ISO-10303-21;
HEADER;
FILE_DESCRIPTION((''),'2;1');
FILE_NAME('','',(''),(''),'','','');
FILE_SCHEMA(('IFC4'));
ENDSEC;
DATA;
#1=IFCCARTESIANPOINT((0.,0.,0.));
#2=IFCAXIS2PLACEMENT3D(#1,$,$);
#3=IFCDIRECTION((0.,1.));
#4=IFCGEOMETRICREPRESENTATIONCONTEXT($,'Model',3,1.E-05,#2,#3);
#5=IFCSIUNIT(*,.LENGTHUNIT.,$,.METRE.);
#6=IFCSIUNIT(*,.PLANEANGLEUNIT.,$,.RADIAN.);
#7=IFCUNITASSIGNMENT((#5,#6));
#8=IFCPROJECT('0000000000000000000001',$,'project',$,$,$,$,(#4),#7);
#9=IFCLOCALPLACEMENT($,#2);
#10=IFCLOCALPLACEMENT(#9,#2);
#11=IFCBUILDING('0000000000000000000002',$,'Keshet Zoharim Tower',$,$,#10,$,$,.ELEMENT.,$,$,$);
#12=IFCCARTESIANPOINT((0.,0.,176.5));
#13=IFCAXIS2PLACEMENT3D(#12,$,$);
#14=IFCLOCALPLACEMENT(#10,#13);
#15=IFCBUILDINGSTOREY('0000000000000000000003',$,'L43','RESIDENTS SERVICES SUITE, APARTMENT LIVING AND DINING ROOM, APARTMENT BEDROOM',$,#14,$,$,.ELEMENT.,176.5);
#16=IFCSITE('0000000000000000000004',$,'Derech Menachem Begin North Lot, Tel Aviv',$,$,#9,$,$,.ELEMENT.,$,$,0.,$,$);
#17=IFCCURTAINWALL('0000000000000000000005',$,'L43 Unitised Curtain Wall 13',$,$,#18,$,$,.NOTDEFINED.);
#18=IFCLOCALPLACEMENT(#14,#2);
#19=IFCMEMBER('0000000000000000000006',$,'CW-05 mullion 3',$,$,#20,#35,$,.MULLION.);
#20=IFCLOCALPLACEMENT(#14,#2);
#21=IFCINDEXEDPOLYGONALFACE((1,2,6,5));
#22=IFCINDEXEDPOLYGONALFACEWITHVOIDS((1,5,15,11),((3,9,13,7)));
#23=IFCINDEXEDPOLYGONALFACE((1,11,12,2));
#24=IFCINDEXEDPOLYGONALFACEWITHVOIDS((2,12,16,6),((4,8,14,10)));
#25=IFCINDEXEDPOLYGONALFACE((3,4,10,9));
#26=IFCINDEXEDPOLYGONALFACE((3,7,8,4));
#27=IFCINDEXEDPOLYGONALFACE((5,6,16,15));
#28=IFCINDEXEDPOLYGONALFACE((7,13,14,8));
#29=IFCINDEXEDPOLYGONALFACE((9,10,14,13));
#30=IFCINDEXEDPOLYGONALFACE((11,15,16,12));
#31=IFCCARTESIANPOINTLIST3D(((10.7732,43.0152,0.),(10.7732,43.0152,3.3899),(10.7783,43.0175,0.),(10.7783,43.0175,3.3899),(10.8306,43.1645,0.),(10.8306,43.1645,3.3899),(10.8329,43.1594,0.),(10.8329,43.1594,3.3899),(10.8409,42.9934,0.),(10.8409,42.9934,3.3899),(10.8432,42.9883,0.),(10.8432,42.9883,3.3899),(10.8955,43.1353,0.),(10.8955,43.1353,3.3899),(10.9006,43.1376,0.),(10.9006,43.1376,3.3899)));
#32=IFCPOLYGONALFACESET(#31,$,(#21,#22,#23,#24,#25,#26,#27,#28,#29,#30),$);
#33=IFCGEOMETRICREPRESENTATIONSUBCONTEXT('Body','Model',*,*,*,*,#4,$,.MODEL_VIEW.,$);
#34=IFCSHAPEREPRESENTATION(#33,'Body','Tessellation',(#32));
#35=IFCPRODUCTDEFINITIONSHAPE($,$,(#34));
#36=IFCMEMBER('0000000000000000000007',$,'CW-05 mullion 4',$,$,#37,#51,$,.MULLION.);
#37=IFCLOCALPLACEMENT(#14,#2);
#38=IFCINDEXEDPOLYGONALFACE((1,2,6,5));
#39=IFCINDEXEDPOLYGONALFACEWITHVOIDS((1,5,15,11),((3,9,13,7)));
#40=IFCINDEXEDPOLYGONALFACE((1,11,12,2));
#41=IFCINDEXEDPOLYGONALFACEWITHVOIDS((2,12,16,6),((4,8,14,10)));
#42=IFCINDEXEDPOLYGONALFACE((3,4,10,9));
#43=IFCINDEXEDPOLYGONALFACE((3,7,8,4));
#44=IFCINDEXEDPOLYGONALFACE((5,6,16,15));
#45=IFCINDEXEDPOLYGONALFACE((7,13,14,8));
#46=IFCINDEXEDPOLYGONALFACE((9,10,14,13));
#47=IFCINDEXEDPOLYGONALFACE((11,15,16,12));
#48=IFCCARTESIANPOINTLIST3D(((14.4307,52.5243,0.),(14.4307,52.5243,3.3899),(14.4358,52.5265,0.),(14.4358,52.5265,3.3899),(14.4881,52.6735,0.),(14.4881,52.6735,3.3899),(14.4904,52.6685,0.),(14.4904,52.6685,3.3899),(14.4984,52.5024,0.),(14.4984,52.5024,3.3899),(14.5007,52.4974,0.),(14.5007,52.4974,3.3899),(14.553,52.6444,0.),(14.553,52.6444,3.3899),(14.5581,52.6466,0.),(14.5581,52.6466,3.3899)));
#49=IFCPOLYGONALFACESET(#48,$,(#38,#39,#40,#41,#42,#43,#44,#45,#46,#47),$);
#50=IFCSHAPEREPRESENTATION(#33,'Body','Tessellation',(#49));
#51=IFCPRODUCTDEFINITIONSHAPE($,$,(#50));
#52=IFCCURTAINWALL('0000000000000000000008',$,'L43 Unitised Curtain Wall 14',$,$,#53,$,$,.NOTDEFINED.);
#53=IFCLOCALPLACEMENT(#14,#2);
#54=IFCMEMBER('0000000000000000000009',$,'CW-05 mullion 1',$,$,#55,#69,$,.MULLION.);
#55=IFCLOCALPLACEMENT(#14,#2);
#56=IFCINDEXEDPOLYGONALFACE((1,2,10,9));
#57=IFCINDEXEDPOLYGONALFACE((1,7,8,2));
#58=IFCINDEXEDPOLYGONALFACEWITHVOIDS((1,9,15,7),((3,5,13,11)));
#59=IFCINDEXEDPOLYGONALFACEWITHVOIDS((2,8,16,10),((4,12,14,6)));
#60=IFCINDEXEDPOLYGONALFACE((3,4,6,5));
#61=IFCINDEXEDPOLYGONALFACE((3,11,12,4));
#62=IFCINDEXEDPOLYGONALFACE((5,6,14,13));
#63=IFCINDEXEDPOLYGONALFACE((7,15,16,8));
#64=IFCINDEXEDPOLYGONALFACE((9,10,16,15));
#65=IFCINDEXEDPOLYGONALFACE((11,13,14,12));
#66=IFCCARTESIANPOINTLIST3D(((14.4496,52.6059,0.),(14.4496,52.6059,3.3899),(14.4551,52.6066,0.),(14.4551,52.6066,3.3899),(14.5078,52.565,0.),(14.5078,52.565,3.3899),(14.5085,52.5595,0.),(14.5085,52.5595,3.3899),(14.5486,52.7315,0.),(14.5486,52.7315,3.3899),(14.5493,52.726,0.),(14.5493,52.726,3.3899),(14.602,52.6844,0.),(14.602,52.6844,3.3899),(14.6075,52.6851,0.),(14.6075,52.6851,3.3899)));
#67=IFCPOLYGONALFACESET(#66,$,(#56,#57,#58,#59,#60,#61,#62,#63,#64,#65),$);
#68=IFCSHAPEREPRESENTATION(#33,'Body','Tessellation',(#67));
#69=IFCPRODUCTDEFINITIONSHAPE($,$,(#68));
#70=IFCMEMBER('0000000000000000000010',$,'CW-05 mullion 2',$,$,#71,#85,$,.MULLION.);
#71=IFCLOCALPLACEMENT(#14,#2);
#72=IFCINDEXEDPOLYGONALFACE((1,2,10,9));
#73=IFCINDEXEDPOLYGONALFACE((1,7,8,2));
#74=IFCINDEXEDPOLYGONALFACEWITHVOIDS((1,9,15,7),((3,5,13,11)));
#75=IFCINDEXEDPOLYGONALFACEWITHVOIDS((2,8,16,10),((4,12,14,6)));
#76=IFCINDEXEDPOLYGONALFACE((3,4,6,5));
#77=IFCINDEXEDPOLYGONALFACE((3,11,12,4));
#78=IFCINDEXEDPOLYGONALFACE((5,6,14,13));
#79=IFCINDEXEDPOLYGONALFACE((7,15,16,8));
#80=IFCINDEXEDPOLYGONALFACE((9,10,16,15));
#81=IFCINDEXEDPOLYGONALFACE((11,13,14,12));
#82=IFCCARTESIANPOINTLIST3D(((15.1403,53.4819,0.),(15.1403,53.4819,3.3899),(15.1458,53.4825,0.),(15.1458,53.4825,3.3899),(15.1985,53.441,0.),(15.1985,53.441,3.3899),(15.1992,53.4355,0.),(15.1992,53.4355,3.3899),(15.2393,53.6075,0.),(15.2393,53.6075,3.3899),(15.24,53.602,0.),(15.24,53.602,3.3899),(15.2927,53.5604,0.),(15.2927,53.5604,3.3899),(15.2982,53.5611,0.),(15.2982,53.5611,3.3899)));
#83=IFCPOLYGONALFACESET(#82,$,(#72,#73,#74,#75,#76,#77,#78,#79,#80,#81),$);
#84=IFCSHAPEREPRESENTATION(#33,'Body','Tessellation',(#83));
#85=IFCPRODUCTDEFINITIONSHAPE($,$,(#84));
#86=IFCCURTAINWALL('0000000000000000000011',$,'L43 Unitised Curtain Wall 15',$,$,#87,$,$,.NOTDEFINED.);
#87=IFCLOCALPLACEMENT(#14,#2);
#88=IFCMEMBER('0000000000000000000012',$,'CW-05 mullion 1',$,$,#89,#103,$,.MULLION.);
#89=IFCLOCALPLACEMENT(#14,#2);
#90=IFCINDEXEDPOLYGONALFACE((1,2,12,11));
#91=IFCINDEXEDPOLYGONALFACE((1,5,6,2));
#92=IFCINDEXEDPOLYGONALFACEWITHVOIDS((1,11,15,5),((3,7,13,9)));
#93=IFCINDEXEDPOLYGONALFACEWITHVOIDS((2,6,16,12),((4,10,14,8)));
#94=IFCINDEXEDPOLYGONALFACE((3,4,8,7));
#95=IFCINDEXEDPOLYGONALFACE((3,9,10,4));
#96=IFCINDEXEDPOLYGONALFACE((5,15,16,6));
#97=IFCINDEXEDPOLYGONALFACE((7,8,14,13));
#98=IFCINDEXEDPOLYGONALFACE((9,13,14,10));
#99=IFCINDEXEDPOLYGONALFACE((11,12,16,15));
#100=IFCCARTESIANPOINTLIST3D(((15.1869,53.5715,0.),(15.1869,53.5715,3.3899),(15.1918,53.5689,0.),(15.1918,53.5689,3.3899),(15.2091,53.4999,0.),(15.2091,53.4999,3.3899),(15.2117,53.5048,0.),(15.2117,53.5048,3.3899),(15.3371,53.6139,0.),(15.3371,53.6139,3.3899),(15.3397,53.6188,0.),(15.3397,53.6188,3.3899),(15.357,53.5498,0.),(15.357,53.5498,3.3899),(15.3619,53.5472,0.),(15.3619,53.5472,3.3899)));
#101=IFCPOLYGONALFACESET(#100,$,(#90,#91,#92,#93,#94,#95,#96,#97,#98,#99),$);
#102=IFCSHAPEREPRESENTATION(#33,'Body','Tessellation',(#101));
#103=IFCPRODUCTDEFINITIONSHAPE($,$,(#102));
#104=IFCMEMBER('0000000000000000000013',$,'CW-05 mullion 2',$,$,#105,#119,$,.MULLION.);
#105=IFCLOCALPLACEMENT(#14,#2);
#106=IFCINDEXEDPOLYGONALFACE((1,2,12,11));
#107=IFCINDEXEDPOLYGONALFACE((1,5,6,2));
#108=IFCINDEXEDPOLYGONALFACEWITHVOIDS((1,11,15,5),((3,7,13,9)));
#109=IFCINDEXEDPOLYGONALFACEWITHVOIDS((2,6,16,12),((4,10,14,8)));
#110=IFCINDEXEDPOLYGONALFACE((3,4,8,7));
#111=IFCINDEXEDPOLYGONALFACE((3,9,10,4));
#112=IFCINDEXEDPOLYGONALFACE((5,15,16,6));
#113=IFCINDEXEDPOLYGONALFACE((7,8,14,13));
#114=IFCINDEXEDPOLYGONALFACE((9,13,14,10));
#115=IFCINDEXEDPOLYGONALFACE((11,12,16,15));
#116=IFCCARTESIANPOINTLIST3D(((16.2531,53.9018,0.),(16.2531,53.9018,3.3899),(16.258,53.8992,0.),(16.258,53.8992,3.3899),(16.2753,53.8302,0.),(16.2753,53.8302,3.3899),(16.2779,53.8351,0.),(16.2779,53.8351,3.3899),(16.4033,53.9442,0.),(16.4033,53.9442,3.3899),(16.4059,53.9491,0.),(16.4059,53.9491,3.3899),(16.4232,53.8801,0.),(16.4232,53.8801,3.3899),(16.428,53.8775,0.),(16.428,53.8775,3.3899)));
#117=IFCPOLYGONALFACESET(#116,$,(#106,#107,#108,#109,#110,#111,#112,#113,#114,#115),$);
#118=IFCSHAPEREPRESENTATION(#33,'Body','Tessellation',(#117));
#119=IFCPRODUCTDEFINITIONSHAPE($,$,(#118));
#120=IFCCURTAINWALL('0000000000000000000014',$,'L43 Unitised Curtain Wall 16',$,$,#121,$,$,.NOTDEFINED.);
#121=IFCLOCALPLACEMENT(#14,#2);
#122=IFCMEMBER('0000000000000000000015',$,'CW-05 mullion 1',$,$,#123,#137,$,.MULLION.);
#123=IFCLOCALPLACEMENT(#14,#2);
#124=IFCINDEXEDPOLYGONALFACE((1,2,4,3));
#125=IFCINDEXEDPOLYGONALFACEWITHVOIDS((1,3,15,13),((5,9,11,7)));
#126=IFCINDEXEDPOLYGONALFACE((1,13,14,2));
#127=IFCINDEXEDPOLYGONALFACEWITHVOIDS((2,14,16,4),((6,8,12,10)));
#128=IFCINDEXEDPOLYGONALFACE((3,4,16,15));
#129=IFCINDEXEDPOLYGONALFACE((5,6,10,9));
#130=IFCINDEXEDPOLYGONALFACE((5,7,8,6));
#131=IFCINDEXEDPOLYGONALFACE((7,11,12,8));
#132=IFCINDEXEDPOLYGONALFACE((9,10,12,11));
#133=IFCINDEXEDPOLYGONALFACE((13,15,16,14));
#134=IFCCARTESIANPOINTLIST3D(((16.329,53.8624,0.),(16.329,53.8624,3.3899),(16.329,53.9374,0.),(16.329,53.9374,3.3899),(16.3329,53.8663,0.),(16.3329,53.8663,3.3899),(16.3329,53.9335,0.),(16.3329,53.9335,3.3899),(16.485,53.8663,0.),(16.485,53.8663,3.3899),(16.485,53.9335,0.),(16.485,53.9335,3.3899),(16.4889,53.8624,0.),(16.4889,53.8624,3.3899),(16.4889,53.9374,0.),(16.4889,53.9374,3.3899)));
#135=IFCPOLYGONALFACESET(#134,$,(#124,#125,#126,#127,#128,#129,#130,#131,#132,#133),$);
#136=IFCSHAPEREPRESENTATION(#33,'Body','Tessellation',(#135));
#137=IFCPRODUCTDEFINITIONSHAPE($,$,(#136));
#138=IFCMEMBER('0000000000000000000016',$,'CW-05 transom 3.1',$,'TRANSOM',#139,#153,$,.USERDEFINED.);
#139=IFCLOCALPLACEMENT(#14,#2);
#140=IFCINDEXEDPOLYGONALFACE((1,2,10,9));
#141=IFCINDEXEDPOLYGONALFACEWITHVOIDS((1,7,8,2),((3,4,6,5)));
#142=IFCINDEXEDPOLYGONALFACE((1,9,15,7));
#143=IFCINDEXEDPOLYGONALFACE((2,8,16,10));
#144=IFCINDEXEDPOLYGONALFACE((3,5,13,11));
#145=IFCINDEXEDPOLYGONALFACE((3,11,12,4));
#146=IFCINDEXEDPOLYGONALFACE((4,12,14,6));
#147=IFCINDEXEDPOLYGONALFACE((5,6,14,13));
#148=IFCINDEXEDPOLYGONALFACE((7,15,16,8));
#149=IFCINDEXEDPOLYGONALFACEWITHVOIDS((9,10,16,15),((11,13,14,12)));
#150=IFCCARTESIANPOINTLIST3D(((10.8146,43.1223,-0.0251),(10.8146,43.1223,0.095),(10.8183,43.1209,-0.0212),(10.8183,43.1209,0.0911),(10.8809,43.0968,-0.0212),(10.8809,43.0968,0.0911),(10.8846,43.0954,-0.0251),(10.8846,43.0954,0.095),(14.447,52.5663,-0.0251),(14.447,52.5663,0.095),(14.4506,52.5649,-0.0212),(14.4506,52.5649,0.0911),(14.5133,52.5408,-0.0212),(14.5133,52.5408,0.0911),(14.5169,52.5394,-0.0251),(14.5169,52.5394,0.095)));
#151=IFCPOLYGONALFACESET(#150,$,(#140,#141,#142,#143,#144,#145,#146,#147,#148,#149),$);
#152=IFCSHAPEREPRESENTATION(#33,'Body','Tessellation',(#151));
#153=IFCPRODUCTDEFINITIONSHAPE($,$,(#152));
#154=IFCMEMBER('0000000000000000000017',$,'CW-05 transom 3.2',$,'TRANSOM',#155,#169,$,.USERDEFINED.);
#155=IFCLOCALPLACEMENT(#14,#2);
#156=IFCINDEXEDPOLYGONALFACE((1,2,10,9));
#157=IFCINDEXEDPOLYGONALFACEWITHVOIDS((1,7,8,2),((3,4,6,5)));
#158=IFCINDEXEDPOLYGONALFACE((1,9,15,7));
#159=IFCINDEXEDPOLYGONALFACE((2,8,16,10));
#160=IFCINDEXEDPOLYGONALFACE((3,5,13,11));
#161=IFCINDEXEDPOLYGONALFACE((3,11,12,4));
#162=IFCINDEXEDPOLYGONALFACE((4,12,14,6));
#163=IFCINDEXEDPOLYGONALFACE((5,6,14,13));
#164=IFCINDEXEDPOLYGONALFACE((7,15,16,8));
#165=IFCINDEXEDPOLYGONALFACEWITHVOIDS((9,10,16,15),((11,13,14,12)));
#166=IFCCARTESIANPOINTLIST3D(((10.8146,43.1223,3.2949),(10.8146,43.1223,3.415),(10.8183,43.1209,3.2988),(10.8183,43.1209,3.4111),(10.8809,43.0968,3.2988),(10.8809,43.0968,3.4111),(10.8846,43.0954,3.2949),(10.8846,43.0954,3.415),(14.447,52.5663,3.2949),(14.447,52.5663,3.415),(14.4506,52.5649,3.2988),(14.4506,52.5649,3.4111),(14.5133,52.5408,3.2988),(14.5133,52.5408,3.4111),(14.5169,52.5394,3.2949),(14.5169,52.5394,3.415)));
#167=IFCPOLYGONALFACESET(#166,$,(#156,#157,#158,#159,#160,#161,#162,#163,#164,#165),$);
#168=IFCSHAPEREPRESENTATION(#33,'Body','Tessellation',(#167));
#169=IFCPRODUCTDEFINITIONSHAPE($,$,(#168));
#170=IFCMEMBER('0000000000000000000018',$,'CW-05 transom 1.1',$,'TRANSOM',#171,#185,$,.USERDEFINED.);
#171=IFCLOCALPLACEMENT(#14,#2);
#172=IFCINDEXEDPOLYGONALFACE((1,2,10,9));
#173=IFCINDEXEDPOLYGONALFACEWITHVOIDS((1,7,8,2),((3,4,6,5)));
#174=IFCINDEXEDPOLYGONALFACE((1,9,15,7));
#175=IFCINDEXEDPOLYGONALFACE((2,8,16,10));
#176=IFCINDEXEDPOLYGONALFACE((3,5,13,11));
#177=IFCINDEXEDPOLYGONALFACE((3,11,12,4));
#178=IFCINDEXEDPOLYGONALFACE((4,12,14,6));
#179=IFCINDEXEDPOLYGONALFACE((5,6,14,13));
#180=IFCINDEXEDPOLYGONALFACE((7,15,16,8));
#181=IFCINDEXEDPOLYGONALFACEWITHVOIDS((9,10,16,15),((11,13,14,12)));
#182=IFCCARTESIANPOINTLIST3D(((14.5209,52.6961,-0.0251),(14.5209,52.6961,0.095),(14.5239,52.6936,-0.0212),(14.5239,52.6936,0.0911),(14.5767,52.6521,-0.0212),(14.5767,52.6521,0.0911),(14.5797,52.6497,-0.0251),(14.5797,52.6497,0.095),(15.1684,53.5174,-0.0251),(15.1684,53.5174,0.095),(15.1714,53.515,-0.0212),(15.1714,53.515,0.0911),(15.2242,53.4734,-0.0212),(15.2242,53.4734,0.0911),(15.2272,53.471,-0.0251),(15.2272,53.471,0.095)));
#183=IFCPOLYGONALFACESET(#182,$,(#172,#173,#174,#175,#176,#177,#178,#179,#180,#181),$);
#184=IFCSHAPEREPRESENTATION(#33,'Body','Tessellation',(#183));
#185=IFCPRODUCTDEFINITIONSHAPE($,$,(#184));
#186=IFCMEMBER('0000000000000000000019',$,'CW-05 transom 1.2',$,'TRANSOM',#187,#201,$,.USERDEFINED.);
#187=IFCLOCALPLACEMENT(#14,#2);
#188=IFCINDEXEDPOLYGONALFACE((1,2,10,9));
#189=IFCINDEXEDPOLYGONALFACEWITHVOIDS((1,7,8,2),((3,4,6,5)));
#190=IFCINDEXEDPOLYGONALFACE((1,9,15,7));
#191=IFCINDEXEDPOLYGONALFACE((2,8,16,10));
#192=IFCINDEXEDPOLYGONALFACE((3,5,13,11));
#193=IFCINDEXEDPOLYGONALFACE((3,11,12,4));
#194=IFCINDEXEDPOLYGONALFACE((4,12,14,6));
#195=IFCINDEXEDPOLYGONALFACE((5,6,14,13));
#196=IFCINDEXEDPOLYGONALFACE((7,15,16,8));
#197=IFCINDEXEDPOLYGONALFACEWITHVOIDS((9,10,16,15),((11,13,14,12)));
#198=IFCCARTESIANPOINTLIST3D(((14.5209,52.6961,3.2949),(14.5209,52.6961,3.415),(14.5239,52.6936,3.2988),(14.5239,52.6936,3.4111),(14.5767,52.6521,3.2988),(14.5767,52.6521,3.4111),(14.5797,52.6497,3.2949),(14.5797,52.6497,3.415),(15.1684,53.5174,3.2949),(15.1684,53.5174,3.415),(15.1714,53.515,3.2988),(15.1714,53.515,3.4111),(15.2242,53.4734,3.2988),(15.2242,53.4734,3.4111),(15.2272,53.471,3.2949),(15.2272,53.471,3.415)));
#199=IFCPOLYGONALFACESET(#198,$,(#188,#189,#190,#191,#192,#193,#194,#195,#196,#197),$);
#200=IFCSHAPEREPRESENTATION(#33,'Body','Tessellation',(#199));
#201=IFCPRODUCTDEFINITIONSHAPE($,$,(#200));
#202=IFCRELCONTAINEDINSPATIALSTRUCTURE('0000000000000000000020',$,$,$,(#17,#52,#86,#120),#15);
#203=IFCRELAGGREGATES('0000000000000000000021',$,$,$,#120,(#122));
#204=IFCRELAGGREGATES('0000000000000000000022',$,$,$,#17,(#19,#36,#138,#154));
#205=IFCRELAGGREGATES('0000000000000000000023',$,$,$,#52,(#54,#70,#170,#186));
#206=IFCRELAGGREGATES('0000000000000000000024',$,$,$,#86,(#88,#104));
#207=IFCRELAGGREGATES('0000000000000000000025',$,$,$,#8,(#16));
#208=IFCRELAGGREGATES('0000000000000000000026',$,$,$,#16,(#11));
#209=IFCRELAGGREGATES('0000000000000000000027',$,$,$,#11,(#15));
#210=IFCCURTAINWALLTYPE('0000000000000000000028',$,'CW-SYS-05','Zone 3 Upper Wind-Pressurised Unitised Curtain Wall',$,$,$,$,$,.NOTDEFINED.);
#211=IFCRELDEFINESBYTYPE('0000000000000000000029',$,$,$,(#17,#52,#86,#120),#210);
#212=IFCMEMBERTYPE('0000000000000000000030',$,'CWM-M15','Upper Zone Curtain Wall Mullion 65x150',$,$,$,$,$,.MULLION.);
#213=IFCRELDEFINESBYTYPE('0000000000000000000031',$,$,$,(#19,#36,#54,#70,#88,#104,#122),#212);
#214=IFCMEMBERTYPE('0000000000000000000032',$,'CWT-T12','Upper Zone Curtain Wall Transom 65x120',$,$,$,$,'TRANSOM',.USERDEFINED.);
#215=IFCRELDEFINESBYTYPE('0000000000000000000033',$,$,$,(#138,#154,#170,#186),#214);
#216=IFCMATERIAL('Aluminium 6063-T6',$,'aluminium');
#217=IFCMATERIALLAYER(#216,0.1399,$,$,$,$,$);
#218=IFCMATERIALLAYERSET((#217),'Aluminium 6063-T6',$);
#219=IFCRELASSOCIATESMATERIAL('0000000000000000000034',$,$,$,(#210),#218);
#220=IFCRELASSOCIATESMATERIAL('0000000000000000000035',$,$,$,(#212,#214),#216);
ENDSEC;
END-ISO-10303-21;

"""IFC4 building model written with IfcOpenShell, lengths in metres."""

from ifc_helpers import new_model, si_unit, direction, frame, origin, origin_2d, place, context, subcontext, project, spatial, hollow_rectangle, extrude, material, layer, layer_set, material_profile, profile_set, type_object, element, aggregate, save


model = new_model("IFC4")

# Units and contexts
model_context = context("Model", 3, precision=1e-05, world=origin(), true_north=direction((0.0, 1.0)))
body_context = subcontext(model_context, "Body", "Model", "MODEL_VIEW")
ifc_project = project(units=[si_unit("LENGTHUNIT", "METRE"), si_unit("PLANEANGLEUNIT", "RADIAN")], contexts=[model_context])

# Site, building, storey
site_placement = place(None, origin())
site = spatial("IfcSite", under=ifc_project, at=site_placement, Name="Derech Menachem Begin North Lot, Tel Aviv", CompositionType="ELEMENT", RefElevation=0.0)
building_placement = place(site_placement, origin())
building = spatial("IfcBuilding", under=site, at=building_placement, Name="Keshet Zoharim Tower", CompositionType="ELEMENT")
storey_placement = place(building_placement, frame((0.0, 0.0, 176.5)))
storey = spatial("IfcBuildingStorey", under=building, at=storey_placement, Name="L43", Description="RESIDENTS SERVICES SUITE, APARTMENT LIVING AND DINING ROOM, APARTMENT BEDROOM", CompositionType="ELEMENT", Elevation=176.5)

# Curtain walls, members
ifc_material_1 = material(Name="Aluminium 6063-T6", Category="aluminium")
ifc_layer_1 = layer(ifc_material_1, 0.1399)
ifc_layer_set_1 = layer_set([ifc_layer_1], Name="Aluminium 6063-T6")
curtain_wall_type = type_object("IfcCurtainWallType", Name="CW-SYS-05", Description="Zone 3 Upper Wind-Pressurised Unitised Curtain Wall", PredefinedType="NOTDEFINED", material=ifc_layer_set_1)
curtain_wall_1_placement = place(storey_placement, origin())
curtain_wall_1 = element("IfcCurtainWall", 1, at=curtain_wall_1_placement, inside=storey, type_object=curtain_wall_type, Name="L43 Unitised Curtain Wall 13", PredefinedType="NOTDEFINED")
ifc_material_profile_1 = material_profile(ifc_material_1, hollow_rectangle(XDim=0.075, YDim=0.1599, WallThickness=0.0039, at=origin_2d()), Name="MUL-75x160")
ifc_profile_set_1 = profile_set([ifc_material_profile_1], Name="Aluminium 6063-T6")
member_type_1 = type_object("IfcMemberType", Name="CWM-M15", Description="Upper Zone Curtain Wall Mullion 65x150", PredefinedType="MULLION", material=ifc_profile_set_1)
member_1_placement = place(storey_placement, frame((10.8369, 43.0764, 0.0), z_axis=(0.0, 0.0, 1.0), x_axis=(-0.933341, 0.35899, 0.0)))
member_1 = element("IfcMember", 2, at=member_1_placement, type_object=member_type_1, Name="CW-05 mullion 3", PredefinedType="MULLION", context=body_context, shape_type="SweptSolid", body=[
    extrude(hollow_rectangle(XDim=0.075, YDim=0.1599, WallThickness=0.0039, at=origin_2d()), origin(), (0.0, 0.0, 1.0), 3.3899),
])
member_2_placement = place(storey_placement, frame((14.4944, 52.5854, 0.0), z_axis=(0.0, 0.0, 1.0), x_axis=(-0.933341, 0.35899, 0.0)))
member_2 = element("IfcMember", 3, at=member_2_placement, type_object=member_type_1, Name="CW-05 mullion 4", PredefinedType="MULLION", context=body_context, shape_type="SweptSolid", body=[
    extrude(hollow_rectangle(XDim=0.075, YDim=0.1599, WallThickness=0.0039, at=origin_2d()), origin(), (0.0, 0.0, 1.0), 3.3899),
])
curtain_wall_2_placement = place(storey_placement, origin())
curtain_wall_2 = element("IfcCurtainWall", 4, at=curtain_wall_2_placement, inside=storey, type_object=curtain_wall_type, Name="L43 Unitised Curtain Wall 14", PredefinedType="NOTDEFINED")
member_3_placement = place(storey_placement, frame((14.5286, 52.6455, 0.0), z_axis=(0.0, 0.0, 1.0), x_axis=(-0.785293, 0.619125, 0.0)))
member_3 = element("IfcMember", 5, at=member_3_placement, type_object=member_type_1, Name="CW-05 mullion 1", PredefinedType="MULLION", context=body_context, shape_type="SweptSolid", body=[
    extrude(hollow_rectangle(XDim=0.075, YDim=0.1599, WallThickness=0.0039, at=origin_2d()), origin(), (0.0, 0.0, 1.0), 3.3899),
])
member_4_placement = place(storey_placement, frame((15.2192, 53.5215, 0.0), z_axis=(0.0, 0.0, 1.0), x_axis=(-0.785293, 0.619125, 0.0)))
member_4 = element("IfcMember", 6, at=member_4_placement, type_object=member_type_1, Name="CW-05 mullion 2", PredefinedType="MULLION", context=body_context, shape_type="SweptSolid", body=[
    extrude(hollow_rectangle(XDim=0.075, YDim=0.1599, WallThickness=0.0039, at=origin_2d()), origin(), (0.0, 0.0, 1.0), 3.3899),
])
curtain_wall_3_placement = place(storey_placement, origin())
curtain_wall_3 = element("IfcCurtainWall", 7, at=curtain_wall_3_placement, inside=storey, type_object=curtain_wall_type, Name="L43 Unitised Curtain Wall 15", PredefinedType="NOTDEFINED")
member_5_placement = place(storey_placement, frame((15.2744, 53.5593, 0.0), z_axis=(0.0, 0.0, 1.0), x_axis=(-0.295922, 0.955212, 0.0)))
member_5 = element("IfcMember", 8, at=member_5_placement, type_object=member_type_1, Name="CW-05 mullion 1", PredefinedType="MULLION", context=body_context, shape_type="SweptSolid", body=[
    extrude(hollow_rectangle(XDim=0.075, YDim=0.1599, WallThickness=0.0039, at=origin_2d()), origin(), (0.0, 0.0, 1.0), 3.3899),
])
member_6_placement = place(storey_placement, frame((16.3406, 53.8896, 0.0), z_axis=(0.0, 0.0, 1.0), x_axis=(-0.295922, 0.955212, 0.0)))
member_6 = element("IfcMember", 9, at=member_6_placement, type_object=member_type_1, Name="CW-05 mullion 2", PredefinedType="MULLION", context=body_context, shape_type="SweptSolid", body=[
    extrude(hollow_rectangle(XDim=0.075, YDim=0.1599, WallThickness=0.0039, at=origin_2d()), origin(), (0.0, 0.0, 1.0), 3.3899),
])

# Curtain wall, member
curtain_wall_4_placement = place(storey_placement, origin())
curtain_wall_4 = element("IfcCurtainWall", 10, at=curtain_wall_4_placement, inside=storey, type_object=curtain_wall_type, Name="L43 Unitised Curtain Wall 16", PredefinedType="NOTDEFINED")
member_7_placement = place(storey_placement, frame((16.4089, 53.8999, 0.0), z_axis=(0.0, 0.0, 1.0), x_axis=(0.0, 1.0, 0.0)))
member_7 = element("IfcMember", 11, at=member_7_placement, type_object=member_type_1, Name="CW-05 mullion 1", PredefinedType="MULLION", context=body_context, shape_type="SweptSolid", body=[
    extrude(hollow_rectangle(XDim=0.075, YDim=0.1599, WallThickness=0.0039, at=origin_2d()), origin(), (0.0, 0.0, 1.0), 3.3899),
])

# Members
ifc_material_profile_2 = material_profile(ifc_material_1, hollow_rectangle(XDim=0.075, YDim=0.1201, WallThickness=0.0039, at=origin_2d()), Name="TRN-75x120")
ifc_profile_set_2 = profile_set([ifc_material_profile_2], Name="Aluminium 6063-T6")
member_type_2 = type_object("IfcMemberType", Name="CWT-T12", Description="Upper Zone Curtain Wall Transom 65x120", ElementType="TRANSOM", PredefinedType="USERDEFINED", material=ifc_profile_set_2)
member_8_placement = place(storey_placement, frame((10.8496, 43.1089, 0.0349), z_axis=(0.358986, 0.933343, 0.0), x_axis=(-0.933343, 0.358986, 0.0)))
member_8 = element("IfcMember", 12, at=member_8_placement, type_object=member_type_2, Name="CW-05 transom 3.1", ObjectType="TRANSOM", PredefinedType="USERDEFINED", context=body_context, shape_type="SweptSolid", body=[
    extrude(hollow_rectangle(XDim=0.075, YDim=0.1201, WallThickness=0.0039, at=origin_2d()), origin(), (0.0, 0.0, 1.0), 10.1184),
])
member_9_placement = place(storey_placement, frame((10.8496, 43.1089, 3.355), z_axis=(0.358986, 0.933343, 0.0), x_axis=(-0.933343, 0.358986, 0.0)))
member_9 = element("IfcMember", 13, at=member_9_placement, type_object=member_type_2, Name="CW-05 transom 3.2", ObjectType="TRANSOM", PredefinedType="USERDEFINED", context=body_context, shape_type="SweptSolid", body=[
    extrude(hollow_rectangle(XDim=0.075, YDim=0.1201, WallThickness=0.0039, at=origin_2d()), origin(), (0.0, 0.0, 1.0), 10.1184),
])
member_10_placement = place(storey_placement, frame((14.5503, 52.6729, 0.0349), z_axis=(0.619099, 0.785313, 0.0), x_axis=(-0.785313, 0.619099, 0.0)))
member_10 = element("IfcMember", 14, at=member_10_placement, type_object=member_type_2, Name="CW-05 transom 1.1", ObjectType="TRANSOM", PredefinedType="USERDEFINED", context=body_context, shape_type="SweptSolid", body=[
    extrude(hollow_rectangle(XDim=0.075, YDim=0.1201, WallThickness=0.0039, at=origin_2d()), origin(), (0.0, 0.0, 1.0), 1.0459),
])
member_11_placement = place(storey_placement, frame((14.5503, 52.6729, 3.355), z_axis=(0.619099, 0.785313, 0.0), x_axis=(-0.785313, 0.619099, 0.0)))
member_11 = element("IfcMember", 15, at=member_11_placement, type_object=member_type_2, Name="CW-05 transom 1.2", ObjectType="TRANSOM", PredefinedType="USERDEFINED", context=body_context, shape_type="SweptSolid", body=[
    extrude(hollow_rectangle(XDim=0.075, YDim=0.1201, WallThickness=0.0039, at=origin_2d()), origin(), (0.0, 0.0, 1.0), 1.0459),
])
aggregate(curtain_wall_4, [member_7])

aggregate(curtain_wall_1, [member_1, member_2, member_8, member_9])
aggregate(curtain_wall_2, [member_3, member_4, member_10, member_11])
aggregate(curtain_wall_3, [member_5, member_6])

save(model, "model.ifc")
